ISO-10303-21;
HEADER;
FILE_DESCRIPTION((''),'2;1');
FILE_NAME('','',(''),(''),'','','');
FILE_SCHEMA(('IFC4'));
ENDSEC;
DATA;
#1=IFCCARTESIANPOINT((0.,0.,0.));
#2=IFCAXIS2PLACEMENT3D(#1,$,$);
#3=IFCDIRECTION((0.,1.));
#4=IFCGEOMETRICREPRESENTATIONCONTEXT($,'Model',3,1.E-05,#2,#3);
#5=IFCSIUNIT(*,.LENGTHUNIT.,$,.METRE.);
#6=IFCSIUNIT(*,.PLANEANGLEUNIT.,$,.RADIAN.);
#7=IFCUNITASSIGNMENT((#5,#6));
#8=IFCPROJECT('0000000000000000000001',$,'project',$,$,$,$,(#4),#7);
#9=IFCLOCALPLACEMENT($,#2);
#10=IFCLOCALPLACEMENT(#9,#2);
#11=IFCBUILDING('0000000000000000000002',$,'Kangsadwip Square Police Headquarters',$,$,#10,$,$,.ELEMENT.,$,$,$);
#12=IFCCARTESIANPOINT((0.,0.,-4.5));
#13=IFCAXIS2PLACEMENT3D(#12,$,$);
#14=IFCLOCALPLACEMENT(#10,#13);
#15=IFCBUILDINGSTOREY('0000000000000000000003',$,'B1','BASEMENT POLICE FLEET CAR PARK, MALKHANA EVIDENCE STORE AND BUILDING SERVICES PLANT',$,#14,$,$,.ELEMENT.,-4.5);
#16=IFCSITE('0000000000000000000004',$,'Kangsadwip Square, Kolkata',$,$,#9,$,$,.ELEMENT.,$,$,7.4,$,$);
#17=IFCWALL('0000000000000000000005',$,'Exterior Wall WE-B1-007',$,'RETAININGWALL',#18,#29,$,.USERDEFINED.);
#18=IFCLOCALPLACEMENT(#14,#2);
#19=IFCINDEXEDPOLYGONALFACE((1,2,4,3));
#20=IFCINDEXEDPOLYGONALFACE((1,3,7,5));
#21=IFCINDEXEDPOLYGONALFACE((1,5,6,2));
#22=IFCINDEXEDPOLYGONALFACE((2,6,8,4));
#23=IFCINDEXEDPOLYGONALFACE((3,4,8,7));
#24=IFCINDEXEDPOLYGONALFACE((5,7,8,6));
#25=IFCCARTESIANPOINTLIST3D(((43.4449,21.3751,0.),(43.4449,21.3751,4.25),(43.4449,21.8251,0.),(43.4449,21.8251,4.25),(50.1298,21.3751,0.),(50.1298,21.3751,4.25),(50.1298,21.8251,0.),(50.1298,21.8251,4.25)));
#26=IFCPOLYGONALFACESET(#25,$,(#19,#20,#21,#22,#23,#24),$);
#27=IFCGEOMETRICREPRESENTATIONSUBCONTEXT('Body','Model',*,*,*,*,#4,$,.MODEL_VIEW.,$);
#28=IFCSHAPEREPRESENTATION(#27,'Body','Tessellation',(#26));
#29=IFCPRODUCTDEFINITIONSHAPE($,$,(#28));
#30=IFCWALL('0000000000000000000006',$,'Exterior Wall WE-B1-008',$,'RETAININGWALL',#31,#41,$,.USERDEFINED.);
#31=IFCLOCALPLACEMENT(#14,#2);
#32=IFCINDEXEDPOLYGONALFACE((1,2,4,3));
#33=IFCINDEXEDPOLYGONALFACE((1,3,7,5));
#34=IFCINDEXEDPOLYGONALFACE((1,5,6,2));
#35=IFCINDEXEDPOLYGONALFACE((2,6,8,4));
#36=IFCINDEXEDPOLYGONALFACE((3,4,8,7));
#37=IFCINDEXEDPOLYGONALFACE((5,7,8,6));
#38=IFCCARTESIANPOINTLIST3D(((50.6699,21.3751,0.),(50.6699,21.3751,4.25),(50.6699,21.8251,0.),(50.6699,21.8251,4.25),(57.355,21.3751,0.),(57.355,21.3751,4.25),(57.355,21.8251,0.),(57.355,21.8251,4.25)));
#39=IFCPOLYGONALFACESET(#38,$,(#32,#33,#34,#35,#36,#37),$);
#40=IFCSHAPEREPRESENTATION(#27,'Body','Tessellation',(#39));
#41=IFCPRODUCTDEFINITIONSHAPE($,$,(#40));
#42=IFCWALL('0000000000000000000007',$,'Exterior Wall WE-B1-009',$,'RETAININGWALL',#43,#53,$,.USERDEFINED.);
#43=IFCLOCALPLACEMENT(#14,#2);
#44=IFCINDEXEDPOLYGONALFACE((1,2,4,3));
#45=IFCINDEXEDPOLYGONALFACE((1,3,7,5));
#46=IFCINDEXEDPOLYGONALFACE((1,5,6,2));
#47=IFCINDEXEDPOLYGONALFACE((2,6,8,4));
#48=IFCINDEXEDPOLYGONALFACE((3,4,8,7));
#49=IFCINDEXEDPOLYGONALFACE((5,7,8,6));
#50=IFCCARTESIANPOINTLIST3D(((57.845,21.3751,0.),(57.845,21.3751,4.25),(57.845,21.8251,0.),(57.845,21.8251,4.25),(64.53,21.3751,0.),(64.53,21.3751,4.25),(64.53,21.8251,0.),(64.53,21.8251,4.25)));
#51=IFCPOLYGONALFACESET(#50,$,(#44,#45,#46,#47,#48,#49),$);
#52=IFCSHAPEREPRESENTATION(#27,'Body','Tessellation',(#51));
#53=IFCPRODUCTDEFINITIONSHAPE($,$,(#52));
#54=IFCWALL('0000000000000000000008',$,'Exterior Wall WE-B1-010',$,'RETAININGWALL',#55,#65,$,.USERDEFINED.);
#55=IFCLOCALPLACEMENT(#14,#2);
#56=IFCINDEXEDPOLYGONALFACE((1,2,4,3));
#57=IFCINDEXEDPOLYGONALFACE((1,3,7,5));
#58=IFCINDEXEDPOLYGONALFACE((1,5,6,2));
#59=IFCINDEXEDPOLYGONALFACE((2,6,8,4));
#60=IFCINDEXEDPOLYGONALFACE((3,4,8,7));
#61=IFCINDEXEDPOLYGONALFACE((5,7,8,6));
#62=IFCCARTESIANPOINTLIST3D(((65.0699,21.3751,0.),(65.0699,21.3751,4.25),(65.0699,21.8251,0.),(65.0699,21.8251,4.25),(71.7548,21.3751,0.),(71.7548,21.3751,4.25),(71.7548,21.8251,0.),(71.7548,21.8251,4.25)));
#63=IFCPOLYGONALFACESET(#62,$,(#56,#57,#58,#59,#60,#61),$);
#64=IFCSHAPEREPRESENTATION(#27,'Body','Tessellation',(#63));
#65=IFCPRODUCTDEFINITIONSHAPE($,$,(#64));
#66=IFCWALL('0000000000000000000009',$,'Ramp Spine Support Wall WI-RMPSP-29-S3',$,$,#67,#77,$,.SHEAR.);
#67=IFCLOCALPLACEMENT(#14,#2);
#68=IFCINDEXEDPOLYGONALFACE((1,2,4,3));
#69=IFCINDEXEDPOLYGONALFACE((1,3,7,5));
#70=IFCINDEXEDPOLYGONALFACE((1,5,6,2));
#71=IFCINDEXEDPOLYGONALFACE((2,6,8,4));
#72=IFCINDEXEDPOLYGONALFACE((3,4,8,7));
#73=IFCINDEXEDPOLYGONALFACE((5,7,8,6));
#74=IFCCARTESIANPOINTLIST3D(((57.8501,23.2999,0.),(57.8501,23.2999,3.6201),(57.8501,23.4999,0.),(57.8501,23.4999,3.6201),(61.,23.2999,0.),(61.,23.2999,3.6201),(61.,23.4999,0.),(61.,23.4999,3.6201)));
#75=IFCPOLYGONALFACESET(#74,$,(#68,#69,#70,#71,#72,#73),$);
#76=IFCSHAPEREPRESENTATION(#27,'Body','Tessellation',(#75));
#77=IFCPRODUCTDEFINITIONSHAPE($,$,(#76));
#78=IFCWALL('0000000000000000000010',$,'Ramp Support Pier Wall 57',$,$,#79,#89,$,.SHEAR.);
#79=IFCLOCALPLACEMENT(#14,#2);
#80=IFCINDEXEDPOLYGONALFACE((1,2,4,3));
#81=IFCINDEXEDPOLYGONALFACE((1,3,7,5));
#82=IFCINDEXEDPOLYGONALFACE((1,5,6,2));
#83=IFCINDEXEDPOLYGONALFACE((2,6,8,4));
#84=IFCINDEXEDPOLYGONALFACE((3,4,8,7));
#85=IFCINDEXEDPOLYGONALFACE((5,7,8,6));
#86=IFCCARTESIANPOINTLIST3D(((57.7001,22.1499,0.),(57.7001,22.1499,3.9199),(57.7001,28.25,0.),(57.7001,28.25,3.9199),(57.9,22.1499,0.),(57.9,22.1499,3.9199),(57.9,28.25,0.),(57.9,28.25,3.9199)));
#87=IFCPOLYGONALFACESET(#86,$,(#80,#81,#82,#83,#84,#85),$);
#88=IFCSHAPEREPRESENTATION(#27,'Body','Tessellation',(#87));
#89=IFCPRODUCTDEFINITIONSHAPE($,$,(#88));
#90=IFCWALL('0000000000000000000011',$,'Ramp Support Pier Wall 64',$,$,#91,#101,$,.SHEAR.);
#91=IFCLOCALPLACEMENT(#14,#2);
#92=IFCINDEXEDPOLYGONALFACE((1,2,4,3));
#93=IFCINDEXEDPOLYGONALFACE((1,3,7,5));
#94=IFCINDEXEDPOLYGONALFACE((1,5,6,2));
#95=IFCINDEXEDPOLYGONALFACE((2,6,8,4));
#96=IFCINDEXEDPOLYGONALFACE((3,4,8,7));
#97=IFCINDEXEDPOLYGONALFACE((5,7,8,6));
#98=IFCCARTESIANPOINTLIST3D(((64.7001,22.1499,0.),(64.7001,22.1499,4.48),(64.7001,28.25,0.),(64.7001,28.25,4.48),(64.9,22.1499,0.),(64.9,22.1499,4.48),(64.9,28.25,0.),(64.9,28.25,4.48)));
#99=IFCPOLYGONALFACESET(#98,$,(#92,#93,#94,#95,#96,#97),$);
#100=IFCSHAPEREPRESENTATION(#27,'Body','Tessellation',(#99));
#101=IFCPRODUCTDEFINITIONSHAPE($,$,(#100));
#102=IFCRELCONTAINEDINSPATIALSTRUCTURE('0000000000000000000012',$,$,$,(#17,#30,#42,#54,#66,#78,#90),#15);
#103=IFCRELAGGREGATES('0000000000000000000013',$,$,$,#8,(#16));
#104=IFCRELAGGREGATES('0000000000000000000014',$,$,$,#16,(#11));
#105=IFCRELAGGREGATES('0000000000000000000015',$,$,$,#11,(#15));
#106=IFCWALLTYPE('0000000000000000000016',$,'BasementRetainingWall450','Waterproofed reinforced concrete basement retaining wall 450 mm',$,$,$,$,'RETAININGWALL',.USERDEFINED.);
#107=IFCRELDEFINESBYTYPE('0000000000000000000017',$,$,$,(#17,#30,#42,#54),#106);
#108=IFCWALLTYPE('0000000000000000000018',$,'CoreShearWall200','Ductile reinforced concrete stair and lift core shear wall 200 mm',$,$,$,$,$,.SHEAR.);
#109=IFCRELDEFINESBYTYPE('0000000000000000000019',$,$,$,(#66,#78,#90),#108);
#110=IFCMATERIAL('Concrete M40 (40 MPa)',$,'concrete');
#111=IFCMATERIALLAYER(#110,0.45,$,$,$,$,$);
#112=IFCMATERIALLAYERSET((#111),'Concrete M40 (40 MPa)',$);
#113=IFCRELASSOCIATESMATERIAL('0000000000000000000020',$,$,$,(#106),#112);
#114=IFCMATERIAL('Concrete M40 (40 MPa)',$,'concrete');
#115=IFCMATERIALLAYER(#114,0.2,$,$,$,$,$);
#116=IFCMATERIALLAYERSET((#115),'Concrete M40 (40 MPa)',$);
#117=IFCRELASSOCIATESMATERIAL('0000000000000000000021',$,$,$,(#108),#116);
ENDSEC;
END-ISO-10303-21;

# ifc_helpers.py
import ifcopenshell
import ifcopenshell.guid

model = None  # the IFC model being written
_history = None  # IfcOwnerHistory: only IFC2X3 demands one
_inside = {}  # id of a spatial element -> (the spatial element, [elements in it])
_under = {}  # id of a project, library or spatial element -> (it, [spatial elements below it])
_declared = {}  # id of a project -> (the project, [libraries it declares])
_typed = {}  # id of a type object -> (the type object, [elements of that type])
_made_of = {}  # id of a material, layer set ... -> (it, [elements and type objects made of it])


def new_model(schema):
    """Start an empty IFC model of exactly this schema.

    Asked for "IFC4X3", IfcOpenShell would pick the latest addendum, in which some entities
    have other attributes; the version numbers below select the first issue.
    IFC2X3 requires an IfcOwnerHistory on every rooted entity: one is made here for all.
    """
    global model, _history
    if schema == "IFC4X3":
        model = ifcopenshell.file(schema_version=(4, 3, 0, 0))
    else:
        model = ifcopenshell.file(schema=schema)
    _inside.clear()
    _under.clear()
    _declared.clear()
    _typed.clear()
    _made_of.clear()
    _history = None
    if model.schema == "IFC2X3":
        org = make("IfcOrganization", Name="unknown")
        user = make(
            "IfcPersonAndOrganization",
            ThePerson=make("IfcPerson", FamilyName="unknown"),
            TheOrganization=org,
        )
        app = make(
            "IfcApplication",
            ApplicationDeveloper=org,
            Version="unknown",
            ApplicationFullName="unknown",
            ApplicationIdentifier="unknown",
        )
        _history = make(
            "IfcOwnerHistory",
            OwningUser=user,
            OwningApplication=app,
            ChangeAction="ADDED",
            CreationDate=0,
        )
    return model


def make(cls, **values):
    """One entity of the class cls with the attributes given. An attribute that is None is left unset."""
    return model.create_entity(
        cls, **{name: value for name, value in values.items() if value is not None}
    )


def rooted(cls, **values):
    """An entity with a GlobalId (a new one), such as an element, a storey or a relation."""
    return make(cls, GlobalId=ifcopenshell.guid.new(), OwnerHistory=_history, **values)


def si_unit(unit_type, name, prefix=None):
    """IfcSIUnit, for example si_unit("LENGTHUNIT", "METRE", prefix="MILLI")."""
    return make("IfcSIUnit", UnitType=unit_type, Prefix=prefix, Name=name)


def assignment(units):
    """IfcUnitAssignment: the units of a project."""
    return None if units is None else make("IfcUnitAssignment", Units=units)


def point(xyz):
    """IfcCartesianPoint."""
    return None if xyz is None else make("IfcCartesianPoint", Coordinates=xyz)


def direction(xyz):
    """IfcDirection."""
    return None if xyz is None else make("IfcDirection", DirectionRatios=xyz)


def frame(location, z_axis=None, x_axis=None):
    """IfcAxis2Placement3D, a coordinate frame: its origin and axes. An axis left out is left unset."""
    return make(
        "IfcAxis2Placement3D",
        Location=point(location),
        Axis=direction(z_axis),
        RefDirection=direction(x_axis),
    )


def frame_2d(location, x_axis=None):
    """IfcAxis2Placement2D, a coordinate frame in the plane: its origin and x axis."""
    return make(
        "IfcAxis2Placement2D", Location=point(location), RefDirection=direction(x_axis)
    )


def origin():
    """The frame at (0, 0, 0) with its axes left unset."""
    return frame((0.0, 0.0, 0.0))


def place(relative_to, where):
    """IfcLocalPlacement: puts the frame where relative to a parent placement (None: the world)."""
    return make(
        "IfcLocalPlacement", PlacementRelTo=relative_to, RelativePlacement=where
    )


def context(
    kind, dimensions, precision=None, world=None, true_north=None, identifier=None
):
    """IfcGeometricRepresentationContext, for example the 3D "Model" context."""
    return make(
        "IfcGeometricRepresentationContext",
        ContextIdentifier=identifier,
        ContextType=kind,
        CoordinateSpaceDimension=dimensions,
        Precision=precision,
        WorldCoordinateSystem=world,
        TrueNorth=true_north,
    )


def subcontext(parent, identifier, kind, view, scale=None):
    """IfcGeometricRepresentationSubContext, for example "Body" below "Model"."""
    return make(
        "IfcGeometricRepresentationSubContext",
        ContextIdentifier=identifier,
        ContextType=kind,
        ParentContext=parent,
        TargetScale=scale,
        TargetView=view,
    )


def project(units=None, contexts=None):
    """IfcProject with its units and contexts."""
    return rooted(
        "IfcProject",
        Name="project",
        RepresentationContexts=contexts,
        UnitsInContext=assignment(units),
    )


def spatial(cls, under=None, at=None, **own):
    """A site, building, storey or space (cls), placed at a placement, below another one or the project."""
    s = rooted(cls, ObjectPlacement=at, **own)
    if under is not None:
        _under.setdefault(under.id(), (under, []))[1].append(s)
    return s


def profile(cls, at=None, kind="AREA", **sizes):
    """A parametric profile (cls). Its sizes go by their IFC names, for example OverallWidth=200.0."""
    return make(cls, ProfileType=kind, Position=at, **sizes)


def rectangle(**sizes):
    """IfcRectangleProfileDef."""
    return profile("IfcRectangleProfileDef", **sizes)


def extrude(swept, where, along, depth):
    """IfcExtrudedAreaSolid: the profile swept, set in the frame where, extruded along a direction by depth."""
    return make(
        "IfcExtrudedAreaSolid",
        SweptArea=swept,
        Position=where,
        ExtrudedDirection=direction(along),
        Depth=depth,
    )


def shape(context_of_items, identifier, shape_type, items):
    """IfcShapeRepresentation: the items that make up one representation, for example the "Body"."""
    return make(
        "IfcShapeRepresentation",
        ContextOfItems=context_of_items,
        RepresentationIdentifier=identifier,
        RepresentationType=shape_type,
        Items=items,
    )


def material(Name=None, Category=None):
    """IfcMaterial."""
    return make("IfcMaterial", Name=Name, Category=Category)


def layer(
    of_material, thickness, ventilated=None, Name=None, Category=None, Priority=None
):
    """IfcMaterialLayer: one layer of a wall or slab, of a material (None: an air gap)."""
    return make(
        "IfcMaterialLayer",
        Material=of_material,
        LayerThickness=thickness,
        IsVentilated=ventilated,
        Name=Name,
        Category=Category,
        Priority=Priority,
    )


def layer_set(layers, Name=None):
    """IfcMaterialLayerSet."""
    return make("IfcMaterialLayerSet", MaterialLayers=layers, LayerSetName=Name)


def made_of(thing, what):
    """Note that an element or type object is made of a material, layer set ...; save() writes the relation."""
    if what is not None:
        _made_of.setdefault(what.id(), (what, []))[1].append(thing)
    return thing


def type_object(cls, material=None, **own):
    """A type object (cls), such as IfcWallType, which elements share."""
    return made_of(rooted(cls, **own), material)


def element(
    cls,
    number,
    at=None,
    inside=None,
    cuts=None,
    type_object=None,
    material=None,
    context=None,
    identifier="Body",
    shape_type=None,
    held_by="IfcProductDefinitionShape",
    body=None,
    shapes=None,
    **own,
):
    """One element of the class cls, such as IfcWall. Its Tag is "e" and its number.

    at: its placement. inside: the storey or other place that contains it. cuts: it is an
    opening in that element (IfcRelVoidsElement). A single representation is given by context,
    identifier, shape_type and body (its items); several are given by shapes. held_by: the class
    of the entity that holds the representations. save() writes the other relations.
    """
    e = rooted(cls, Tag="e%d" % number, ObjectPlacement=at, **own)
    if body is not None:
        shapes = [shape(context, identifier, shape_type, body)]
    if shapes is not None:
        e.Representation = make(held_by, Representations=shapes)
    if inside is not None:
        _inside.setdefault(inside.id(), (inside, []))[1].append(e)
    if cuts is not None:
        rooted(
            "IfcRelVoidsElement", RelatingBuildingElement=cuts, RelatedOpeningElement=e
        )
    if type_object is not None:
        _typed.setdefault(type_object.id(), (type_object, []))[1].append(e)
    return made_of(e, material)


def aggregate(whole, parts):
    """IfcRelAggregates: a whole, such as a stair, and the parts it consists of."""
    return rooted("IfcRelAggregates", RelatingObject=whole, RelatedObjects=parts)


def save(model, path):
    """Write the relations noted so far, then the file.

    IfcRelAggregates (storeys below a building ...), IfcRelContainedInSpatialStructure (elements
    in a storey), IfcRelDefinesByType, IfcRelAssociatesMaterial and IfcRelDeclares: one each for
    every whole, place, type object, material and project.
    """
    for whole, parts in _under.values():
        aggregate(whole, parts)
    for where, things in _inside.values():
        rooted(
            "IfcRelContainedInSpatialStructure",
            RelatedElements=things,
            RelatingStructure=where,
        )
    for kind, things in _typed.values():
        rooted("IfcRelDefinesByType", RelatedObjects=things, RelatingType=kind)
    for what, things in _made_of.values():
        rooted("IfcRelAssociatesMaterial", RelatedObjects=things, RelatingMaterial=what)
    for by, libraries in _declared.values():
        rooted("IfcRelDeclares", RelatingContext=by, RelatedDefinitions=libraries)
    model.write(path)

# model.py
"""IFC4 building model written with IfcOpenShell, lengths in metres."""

from ifc_helpers import new_model, si_unit, direction, frame, frame_2d, origin, place, context, subcontext, project, spatial, rectangle, extrude, material, layer, layer_set, type_object, element, save


model = new_model("IFC4")

# Units and contexts
model_context = context("Model", 3, precision=1e-05, world=origin(), true_north=direction((0.0, 1.0)))
body_context = subcontext(model_context, "Body", "Model", "MODEL_VIEW")
ifc_project = project(units=[si_unit("LENGTHUNIT", "METRE"), si_unit("PLANEANGLEUNIT", "RADIAN")], contexts=[model_context])

# Site, building, storey
site_placement = place(None, origin())
site = spatial("IfcSite", under=ifc_project, at=site_placement, Name="Kangsadwip Square, Kolkata", CompositionType="ELEMENT", RefElevation=7.4)
building_placement = place(site_placement, origin())
building = spatial("IfcBuilding", under=site, at=building_placement, Name="Kangsadwip Square Police Headquarters", CompositionType="ELEMENT")
storey_placement = place(building_placement, frame((0.0, 0.0, -4.5)))
storey = spatial("IfcBuildingStorey", under=building, at=storey_placement, Name="B1", Description="BASEMENT POLICE FLEET CAR PARK, MALKHANA EVIDENCE STORE AND BUILDING SERVICES PLANT", CompositionType="ELEMENT", Elevation=-4.5)

# Walls
ifc_material_1 = material(Name="Concrete M40 (40 MPa)", Category="concrete")
ifc_layer_1 = layer(ifc_material_1, 0.45)
ifc_layer_set_1 = layer_set([ifc_layer_1], Name="Concrete M40 (40 MPa)")
wall_type_1 = type_object("IfcWallType", Name="BasementRetainingWall450", Description="Waterproofed reinforced concrete basement retaining wall 450 mm", ElementType="RETAININGWALL", PredefinedType="USERDEFINED", material=ifc_layer_set_1)
wall_1_placement = place(storey_placement, frame((43.4451, 21.6001, 0.0), z_axis=(0.0, 0.0, 1.0), x_axis=(1.0, 0.0, 0.0)))
element("IfcWall", 1, at=wall_1_placement, inside=storey, type_object=wall_type_1, Name="Exterior Wall WE-B1-007", ObjectType="RETAININGWALL", PredefinedType="USERDEFINED", context=body_context, shape_type="SweptSolid", body=[
    extrude(rectangle(XDim=6.6848, YDim=0.45, at=frame_2d((3.3423, 0.0))), origin(), (0.0, 0.0, 1.0), 4.25),
])
for number, where, z_axis, x_axis, name in (
    (2, (50.6699, 21.6001, 0.0), (0.0, 0.0, 1.0), (1.0, 0.0, 0.0), "Exterior Wall WE-B1-008"),
    (3, (57.845, 21.6001, 0.0), (0.0, 0.0, 1.0), (1.0, 0.0, 0.0), "Exterior Wall WE-B1-009"),
):
    element("IfcWall", number, at=place(storey_placement, frame(where, z_axis=z_axis, x_axis=x_axis)), inside=storey, type_object=wall_type_1, Name=name, ObjectType="RETAININGWALL", PredefinedType="USERDEFINED", context=body_context, shape_type="SweptSolid", body=[
        extrude(rectangle(XDim=6.6851, YDim=0.45, at=frame_2d((3.3425, 0.0))), origin(), (0.0, 0.0, 1.0), 4.25),
    ])
wall_2_placement = place(storey_placement, frame((65.0701, 21.6001, 0.0), z_axis=(0.0, 0.0, 1.0), x_axis=(1.0, 0.0, 0.0)))
element("IfcWall", 4, at=wall_2_placement, inside=storey, type_object=wall_type_1, Name="Exterior Wall WE-B1-010", ObjectType="RETAININGWALL", PredefinedType="USERDEFINED", context=body_context, shape_type="SweptSolid", body=[
    extrude(rectangle(XDim=6.6848, YDim=0.45, at=frame_2d((3.3423, 0.0))), origin(), (0.0, 0.0, 1.0), 4.25),
])
ifc_material_2 = material(Name="Concrete M40 (40 MPa)", Category="concrete")
ifc_layer_2 = layer(ifc_material_2, 0.2)
ifc_layer_set_2 = layer_set([ifc_layer_2], Name="Concrete M40 (40 MPa)")
wall_type_2 = type_object("IfcWallType", Name="CoreShearWall200", Description="Ductile reinforced concrete stair and lift core shear wall 200 mm", PredefinedType="SHEAR", material=ifc_layer_set_2)
wall_3_placement = place(storey_placement, frame((57.8501, 23.3999, 0.0), z_axis=(0.0, 0.0, 1.0), x_axis=(1.0, 0.0, 0.0)))
element("IfcWall", 5, at=wall_3_placement, inside=storey, type_object=wall_type_2, Name="Ramp Spine Support Wall WI-RMPSP-29-S3", PredefinedType="SHEAR", context=body_context, shape_type="SweptSolid", body=[
    extrude(rectangle(XDim=3.1499, YDim=0.2, at=frame_2d((1.575, 0.0))), origin(), (0.0, 0.0, 1.0), 3.6201),
])
wall_4_placement = place(storey_placement, frame((57.8, 22.1499, 0.0), z_axis=(0.0, 0.0, 1.0), x_axis=(0.0, 1.0, 0.0)))
element("IfcWall", 6, at=wall_4_placement, inside=storey, type_object=wall_type_2, Name="Ramp Support Pier Wall 57", PredefinedType="SHEAR", context=body_context, shape_type="SweptSolid", body=[
    extrude(rectangle(XDim=6.1001, YDim=0.2, at=frame_2d((3.05, 0.0))), origin(), (0.0, 0.0, 1.0), 3.9199),
])
wall_5_placement = place(storey_placement, frame((64.8, 22.1499, 0.0), z_axis=(0.0, 0.0, 1.0), x_axis=(0.0, 1.0, 0.0)))
element("IfcWall", 7, at=wall_5_placement, inside=storey, type_object=wall_type_2, Name="Ramp Support Pier Wall 64", PredefinedType="SHEAR", context=body_context, shape_type="SweptSolid", body=[
    extrude(rectangle(XDim=6.1001, YDim=0.2, at=frame_2d((3.05, 0.0))), origin(), (0.0, 0.0, 1.0), 4.48),
])

save(model, "model.ifc")
